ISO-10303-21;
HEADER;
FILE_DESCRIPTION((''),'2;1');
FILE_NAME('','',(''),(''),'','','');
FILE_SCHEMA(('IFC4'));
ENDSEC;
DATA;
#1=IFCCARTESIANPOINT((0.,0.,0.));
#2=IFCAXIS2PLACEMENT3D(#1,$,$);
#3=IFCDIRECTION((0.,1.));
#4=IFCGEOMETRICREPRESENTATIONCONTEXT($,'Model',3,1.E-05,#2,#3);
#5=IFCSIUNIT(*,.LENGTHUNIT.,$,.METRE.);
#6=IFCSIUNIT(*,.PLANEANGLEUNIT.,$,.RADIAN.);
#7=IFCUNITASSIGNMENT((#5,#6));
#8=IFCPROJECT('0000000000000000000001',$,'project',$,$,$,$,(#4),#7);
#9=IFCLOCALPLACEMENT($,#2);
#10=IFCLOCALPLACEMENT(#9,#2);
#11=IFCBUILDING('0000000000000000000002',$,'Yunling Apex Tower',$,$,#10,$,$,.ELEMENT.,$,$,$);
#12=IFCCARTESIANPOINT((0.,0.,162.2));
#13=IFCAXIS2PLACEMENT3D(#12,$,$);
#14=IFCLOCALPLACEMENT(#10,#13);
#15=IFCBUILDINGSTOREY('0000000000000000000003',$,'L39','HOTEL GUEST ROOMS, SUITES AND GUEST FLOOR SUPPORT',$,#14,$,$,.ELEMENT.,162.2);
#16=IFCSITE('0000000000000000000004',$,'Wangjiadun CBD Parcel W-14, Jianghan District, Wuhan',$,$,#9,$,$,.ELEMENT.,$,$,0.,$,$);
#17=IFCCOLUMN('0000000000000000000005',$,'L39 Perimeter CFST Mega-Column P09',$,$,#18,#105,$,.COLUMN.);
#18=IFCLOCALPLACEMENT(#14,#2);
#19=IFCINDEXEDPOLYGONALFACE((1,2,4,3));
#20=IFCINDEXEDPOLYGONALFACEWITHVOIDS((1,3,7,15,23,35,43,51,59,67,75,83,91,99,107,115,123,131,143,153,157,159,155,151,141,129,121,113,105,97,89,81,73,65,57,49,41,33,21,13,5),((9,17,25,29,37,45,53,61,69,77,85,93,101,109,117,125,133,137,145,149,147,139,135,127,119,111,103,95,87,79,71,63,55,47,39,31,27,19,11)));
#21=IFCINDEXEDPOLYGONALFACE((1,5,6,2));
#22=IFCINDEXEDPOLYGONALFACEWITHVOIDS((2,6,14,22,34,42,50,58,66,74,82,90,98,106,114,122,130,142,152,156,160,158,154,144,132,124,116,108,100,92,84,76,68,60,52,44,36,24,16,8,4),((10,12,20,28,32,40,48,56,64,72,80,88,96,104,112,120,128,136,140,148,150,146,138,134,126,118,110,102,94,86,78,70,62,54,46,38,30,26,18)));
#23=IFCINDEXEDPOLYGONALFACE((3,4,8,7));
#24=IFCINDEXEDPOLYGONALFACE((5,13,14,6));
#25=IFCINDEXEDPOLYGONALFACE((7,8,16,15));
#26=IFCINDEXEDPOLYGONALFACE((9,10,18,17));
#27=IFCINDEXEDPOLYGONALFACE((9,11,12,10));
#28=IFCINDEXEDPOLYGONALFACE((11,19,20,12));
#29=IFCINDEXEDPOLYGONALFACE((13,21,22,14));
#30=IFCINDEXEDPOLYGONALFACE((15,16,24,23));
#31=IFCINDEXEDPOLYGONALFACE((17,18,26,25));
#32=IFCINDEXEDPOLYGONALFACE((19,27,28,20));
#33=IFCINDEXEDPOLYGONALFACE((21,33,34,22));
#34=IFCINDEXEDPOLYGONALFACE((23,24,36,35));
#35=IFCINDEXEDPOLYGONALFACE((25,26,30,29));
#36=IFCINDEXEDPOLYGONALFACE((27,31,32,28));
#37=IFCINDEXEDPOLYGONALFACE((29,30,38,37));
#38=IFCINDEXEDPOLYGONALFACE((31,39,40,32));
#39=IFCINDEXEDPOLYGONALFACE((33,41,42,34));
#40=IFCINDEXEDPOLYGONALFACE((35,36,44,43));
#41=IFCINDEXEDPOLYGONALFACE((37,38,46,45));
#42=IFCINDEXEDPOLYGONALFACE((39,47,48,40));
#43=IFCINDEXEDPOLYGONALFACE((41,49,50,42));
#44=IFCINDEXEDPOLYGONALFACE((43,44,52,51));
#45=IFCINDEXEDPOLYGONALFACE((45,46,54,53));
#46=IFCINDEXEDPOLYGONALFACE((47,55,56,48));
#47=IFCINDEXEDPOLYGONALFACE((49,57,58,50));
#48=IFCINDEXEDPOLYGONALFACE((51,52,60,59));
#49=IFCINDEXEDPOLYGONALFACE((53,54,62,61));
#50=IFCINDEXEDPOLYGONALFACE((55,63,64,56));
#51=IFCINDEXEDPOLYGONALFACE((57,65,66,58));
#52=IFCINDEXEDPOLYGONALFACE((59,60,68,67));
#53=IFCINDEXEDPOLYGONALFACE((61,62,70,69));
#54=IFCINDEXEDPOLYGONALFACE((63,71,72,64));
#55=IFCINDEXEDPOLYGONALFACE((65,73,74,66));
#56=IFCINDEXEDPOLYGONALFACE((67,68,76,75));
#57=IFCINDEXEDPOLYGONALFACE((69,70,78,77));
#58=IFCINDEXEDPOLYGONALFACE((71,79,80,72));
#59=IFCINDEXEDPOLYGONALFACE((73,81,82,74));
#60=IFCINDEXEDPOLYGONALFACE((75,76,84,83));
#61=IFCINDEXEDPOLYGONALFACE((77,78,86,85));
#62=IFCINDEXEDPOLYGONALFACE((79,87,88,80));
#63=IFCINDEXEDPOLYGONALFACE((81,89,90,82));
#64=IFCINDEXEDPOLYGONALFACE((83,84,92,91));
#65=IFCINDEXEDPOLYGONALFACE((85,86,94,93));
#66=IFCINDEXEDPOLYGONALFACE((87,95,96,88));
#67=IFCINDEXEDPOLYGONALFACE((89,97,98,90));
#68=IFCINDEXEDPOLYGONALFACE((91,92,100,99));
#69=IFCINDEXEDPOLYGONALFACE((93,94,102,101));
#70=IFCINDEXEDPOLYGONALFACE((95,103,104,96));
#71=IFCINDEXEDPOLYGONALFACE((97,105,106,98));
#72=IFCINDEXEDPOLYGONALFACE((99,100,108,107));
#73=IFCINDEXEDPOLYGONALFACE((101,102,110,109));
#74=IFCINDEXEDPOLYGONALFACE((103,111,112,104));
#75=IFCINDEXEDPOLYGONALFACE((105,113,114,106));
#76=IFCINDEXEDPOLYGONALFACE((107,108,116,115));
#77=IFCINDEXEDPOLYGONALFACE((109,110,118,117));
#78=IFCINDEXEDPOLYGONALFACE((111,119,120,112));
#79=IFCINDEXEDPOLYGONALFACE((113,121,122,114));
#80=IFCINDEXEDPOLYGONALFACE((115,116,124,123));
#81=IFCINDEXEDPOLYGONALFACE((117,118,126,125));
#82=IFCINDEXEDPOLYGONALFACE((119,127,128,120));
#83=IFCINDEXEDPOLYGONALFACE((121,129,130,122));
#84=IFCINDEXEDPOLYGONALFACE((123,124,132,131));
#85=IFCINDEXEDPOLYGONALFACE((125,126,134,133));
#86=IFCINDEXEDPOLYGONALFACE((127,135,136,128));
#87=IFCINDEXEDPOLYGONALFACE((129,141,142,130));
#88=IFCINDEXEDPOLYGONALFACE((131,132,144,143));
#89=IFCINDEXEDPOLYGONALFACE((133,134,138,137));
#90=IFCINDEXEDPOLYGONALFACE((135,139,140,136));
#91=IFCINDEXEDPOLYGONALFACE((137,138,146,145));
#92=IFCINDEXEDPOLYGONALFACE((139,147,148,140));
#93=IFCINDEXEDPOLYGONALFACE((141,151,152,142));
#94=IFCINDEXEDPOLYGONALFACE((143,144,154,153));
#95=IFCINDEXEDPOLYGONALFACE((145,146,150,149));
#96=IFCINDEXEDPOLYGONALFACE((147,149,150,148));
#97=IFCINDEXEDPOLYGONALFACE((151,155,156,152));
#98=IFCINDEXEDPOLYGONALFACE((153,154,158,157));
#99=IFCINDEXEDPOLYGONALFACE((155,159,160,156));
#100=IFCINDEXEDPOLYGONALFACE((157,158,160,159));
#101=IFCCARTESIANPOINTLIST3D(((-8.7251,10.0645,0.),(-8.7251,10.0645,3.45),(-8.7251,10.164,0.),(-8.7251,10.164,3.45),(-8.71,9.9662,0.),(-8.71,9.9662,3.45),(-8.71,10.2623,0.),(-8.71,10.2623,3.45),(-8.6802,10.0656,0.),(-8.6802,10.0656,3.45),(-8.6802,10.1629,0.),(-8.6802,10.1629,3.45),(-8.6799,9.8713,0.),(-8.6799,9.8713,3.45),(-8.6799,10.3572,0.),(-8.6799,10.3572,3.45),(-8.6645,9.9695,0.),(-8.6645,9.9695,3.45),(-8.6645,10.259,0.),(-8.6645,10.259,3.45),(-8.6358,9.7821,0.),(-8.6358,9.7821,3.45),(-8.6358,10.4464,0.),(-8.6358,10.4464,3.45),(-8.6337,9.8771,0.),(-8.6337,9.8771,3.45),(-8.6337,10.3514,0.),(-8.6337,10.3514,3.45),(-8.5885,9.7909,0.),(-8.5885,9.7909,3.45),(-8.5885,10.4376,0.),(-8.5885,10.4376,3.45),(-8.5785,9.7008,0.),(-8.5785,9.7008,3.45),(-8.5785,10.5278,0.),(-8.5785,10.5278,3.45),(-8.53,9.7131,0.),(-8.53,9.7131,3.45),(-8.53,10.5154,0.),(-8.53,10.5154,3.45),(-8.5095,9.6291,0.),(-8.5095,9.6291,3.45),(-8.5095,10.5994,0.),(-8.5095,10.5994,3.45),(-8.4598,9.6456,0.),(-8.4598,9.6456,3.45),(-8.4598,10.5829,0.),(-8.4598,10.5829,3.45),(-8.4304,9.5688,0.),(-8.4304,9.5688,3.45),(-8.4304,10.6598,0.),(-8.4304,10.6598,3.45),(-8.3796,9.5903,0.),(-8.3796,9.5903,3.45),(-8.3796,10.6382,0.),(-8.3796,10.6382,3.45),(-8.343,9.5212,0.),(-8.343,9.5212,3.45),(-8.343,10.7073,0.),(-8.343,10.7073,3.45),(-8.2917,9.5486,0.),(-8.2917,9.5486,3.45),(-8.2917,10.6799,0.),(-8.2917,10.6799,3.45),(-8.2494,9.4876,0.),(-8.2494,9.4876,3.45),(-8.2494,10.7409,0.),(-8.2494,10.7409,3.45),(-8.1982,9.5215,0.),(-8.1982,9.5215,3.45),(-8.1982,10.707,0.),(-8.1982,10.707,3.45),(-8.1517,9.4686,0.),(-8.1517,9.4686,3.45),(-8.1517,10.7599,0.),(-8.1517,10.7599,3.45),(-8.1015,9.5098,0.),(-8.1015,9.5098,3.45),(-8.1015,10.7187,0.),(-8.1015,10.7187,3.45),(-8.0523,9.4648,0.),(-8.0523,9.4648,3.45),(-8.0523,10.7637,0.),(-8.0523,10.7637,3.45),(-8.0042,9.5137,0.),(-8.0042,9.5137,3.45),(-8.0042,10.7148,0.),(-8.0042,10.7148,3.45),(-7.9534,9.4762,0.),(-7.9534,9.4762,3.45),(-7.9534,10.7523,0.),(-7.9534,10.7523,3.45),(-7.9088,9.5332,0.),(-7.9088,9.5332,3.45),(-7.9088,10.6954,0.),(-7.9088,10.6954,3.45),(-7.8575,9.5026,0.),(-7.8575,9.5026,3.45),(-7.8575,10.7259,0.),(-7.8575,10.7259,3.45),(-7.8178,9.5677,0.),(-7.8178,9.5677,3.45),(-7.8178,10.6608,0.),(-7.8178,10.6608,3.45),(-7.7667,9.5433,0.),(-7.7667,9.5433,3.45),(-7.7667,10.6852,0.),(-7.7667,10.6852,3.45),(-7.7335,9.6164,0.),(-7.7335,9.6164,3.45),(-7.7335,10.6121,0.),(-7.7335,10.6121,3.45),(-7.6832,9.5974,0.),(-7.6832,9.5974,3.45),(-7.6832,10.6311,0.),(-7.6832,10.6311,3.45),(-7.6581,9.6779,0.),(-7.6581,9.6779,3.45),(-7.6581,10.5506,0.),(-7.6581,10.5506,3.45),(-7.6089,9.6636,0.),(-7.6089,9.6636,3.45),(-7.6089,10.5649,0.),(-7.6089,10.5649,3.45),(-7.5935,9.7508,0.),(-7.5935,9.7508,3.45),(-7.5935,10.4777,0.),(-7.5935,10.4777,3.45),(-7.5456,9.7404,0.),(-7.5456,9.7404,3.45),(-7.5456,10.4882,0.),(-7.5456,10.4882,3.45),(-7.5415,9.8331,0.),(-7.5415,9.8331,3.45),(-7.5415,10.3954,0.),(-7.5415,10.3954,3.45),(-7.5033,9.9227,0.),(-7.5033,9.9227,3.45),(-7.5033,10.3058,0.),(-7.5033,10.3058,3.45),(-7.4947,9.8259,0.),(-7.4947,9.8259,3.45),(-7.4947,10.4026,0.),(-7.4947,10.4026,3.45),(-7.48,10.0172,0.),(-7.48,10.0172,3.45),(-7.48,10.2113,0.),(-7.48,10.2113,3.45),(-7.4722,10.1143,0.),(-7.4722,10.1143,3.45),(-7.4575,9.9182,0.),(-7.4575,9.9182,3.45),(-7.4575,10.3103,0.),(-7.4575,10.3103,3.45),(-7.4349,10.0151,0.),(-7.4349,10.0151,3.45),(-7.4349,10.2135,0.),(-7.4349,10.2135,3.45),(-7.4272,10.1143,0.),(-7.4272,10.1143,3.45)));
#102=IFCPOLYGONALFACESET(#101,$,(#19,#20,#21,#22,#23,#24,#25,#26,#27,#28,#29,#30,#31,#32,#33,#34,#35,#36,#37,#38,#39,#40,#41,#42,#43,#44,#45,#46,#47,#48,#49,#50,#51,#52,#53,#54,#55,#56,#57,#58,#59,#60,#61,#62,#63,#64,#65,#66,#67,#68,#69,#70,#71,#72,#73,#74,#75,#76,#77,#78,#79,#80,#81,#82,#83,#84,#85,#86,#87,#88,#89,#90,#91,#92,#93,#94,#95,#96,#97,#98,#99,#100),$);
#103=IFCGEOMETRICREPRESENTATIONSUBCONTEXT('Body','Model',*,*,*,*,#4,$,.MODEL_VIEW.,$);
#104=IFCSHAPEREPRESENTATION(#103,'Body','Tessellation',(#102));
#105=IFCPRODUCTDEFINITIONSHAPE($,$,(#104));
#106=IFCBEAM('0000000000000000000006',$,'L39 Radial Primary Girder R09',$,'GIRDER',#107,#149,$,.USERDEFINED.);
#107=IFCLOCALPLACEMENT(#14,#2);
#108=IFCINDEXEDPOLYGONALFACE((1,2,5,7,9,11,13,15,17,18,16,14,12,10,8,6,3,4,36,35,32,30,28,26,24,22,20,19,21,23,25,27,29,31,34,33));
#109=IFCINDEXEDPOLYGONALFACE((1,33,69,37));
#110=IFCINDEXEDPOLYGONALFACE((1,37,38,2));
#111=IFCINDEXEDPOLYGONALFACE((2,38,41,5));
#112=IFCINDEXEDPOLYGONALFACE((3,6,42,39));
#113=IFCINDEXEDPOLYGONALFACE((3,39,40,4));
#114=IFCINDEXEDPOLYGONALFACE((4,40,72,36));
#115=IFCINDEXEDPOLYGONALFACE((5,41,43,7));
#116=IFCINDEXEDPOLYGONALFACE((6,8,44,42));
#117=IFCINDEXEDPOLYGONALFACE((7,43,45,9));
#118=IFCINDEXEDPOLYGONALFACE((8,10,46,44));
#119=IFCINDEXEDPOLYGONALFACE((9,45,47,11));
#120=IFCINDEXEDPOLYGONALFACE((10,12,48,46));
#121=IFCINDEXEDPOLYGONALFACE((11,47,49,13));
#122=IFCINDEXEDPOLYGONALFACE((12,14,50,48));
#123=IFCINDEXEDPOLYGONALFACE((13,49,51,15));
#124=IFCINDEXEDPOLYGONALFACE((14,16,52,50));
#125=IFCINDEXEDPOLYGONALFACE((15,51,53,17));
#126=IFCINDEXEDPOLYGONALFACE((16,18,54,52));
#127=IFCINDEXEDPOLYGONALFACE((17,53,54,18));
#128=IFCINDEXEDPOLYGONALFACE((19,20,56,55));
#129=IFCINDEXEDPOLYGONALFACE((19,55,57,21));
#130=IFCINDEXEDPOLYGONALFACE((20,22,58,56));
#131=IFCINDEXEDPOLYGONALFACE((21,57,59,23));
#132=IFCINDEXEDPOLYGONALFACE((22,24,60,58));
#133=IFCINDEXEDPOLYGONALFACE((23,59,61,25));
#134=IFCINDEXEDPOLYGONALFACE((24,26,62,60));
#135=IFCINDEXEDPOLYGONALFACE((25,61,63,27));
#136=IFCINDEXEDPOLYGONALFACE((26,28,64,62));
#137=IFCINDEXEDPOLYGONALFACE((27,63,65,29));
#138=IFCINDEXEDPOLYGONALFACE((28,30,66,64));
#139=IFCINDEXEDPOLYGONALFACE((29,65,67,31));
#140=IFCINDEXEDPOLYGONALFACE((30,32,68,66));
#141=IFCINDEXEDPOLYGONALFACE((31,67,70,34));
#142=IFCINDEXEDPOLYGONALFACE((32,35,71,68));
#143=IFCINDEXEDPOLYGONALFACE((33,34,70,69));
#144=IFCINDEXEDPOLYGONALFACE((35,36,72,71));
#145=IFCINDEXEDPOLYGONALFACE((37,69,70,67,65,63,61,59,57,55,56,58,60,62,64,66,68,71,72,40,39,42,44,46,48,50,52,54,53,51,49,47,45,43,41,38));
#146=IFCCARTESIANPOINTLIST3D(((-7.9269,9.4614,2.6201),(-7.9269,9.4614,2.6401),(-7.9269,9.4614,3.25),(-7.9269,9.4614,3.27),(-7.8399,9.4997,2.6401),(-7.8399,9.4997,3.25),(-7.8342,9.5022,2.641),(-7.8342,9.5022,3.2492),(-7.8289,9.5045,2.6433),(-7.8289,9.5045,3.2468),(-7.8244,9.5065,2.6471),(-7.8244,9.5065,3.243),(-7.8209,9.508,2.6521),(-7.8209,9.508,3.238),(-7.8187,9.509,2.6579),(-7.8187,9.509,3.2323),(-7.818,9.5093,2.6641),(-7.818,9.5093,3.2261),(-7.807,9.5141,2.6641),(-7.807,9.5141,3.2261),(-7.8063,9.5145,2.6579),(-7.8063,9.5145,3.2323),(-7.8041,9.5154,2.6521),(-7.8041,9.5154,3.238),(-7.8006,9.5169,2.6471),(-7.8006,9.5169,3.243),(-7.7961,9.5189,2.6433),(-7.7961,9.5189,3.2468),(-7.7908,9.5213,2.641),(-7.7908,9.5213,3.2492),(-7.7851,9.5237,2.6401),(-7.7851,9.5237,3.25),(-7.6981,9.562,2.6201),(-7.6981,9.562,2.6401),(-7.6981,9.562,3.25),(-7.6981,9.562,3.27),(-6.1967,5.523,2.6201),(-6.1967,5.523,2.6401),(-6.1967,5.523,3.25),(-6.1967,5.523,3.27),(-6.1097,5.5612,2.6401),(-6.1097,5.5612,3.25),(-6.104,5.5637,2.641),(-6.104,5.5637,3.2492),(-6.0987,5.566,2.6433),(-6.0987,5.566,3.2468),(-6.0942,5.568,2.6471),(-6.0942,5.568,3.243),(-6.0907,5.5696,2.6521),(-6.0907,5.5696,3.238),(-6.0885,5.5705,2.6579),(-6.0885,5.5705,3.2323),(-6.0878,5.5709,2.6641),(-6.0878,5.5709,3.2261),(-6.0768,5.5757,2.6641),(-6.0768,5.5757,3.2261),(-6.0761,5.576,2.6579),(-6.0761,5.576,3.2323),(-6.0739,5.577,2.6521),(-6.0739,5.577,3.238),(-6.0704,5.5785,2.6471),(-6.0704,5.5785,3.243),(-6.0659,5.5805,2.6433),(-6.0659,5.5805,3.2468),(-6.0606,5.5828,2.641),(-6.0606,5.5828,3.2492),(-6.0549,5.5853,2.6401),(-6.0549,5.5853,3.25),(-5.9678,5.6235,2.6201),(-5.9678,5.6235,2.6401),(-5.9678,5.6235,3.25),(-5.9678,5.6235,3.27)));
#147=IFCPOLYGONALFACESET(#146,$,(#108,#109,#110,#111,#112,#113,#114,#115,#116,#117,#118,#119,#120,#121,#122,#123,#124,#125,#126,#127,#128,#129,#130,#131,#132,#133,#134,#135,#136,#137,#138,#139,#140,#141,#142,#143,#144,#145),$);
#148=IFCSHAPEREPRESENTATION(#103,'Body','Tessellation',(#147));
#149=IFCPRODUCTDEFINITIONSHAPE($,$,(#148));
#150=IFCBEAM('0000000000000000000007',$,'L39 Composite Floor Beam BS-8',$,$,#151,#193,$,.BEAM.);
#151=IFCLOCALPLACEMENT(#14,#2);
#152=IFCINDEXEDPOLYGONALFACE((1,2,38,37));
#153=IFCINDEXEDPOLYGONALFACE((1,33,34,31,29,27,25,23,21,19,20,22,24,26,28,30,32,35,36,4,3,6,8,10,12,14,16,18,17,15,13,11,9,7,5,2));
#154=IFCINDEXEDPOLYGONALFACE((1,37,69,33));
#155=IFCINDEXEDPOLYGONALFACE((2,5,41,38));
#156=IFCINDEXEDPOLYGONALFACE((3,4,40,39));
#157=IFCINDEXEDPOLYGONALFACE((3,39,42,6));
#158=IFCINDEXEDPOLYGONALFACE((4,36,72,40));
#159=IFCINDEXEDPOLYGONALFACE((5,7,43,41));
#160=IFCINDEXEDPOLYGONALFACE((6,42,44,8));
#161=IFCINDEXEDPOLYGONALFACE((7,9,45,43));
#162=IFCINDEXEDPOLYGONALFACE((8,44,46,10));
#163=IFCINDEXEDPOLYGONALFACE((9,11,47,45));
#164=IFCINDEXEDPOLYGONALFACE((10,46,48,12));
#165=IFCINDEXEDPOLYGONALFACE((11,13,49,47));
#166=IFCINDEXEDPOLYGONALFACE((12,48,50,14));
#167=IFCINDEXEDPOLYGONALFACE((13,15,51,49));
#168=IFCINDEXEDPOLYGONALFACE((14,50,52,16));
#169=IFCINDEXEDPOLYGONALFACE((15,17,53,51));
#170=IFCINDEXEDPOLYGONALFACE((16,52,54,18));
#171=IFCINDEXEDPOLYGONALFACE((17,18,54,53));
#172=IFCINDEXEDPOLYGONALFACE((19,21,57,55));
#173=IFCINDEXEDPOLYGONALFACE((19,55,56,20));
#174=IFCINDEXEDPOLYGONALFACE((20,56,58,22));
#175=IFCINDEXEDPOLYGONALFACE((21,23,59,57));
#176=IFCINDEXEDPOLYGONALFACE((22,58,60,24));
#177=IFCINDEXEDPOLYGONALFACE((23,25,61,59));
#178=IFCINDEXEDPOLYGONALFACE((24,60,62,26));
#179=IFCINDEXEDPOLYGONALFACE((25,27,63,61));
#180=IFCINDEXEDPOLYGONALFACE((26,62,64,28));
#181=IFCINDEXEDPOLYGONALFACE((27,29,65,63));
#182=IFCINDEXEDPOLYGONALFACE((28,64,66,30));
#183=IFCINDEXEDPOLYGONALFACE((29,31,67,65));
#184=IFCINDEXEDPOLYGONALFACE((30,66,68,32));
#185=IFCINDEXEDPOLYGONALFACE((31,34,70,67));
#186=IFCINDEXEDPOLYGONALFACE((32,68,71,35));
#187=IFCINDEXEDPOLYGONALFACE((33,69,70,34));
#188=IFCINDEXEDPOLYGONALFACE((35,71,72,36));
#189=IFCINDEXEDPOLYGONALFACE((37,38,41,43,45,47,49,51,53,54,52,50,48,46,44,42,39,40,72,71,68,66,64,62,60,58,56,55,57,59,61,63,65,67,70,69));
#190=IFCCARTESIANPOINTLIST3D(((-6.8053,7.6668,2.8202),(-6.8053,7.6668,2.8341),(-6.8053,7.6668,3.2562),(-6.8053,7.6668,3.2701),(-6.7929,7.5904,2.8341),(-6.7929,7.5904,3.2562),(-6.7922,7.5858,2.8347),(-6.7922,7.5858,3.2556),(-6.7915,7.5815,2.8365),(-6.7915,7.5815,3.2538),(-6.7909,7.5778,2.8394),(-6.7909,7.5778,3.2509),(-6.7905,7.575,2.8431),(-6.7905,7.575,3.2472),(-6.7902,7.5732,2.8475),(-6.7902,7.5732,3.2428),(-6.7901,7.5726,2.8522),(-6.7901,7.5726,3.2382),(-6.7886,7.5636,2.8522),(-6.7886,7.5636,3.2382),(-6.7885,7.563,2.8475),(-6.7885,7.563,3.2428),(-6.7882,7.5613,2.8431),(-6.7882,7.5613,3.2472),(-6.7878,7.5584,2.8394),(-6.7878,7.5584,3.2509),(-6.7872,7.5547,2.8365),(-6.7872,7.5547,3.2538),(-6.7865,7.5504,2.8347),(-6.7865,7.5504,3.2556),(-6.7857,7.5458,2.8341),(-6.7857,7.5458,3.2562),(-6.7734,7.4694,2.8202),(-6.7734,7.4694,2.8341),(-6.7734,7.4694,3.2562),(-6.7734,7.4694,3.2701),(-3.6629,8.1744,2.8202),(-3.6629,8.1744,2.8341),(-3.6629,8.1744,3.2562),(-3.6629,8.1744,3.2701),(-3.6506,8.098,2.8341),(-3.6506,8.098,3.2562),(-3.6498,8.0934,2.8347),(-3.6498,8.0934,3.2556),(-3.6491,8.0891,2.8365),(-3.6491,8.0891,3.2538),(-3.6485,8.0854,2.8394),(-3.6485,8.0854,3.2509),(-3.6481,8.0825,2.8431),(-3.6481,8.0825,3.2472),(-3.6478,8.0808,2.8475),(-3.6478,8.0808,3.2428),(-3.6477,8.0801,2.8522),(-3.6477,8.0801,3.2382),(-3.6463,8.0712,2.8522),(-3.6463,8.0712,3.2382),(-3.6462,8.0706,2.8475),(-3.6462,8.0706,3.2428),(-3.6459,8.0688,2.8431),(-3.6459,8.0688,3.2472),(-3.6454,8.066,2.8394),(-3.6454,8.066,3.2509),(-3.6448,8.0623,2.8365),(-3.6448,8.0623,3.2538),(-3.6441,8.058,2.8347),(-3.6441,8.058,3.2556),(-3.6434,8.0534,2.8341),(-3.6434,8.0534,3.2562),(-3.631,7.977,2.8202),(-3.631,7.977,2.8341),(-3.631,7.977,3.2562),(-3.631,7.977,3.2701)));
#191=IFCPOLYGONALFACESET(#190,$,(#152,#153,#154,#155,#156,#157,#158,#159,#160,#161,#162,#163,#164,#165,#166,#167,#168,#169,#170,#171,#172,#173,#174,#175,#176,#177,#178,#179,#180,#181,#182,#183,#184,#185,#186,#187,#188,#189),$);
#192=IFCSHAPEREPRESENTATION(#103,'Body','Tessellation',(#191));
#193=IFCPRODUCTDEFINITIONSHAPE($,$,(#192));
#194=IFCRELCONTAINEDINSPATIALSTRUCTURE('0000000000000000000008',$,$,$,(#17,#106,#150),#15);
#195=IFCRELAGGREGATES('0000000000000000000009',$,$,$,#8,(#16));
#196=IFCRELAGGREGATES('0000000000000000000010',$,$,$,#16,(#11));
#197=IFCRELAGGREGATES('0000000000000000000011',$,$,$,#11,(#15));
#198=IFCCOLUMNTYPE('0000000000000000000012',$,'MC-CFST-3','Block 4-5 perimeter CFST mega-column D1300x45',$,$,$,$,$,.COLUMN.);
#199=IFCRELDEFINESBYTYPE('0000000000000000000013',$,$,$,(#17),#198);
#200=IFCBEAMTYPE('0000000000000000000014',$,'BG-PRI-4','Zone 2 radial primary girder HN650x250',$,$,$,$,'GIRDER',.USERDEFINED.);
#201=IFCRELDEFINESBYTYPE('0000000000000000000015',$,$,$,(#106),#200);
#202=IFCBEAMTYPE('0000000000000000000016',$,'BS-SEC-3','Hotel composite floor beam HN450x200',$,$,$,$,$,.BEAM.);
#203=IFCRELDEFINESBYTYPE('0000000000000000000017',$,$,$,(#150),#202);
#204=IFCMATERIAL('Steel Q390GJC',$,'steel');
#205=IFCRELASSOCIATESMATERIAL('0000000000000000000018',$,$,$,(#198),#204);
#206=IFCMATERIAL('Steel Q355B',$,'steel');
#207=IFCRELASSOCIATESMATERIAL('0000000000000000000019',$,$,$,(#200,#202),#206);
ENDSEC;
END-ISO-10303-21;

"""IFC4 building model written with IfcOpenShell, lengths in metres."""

from ifc_helpers import new_model, si_unit, direction, frame, origin, origin_2d, place, context, subcontext, project, spatial, hollow_circle, i_section, extrude, source, transform, mapped, material, material_profile, profile_set, type_object, element, save


model = new_model("IFC4")

# Units and contexts
model_context = context("Model", 3, precision=1e-05, world=origin(), true_north=direction((0.0, 1.0)))
body_context = subcontext(model_context, "Body", "Model", "MODEL_VIEW")
ifc_project = project(units=[si_unit("LENGTHUNIT", "METRE"), si_unit("PLANEANGLEUNIT", "RADIAN")], contexts=[model_context])

# Site, building, storey
site_placement = place(None, origin())
site = spatial("IfcSite", under=ifc_project, at=site_placement, Name="Wangjiadun CBD Parcel W-14, Jianghan District, Wuhan", CompositionType="ELEMENT", RefElevation=0.0)
building_placement = place(site_placement, origin())
building = spatial("IfcBuilding", under=site, at=building_placement, Name="Yunling Apex Tower", CompositionType="ELEMENT")
storey_placement = place(building_placement, frame((0.0, 0.0, 162.2)))
storey = spatial("IfcBuildingStorey", under=building, at=storey_placement, Name="L39", Description="HOTEL GUEST ROOMS, SUITES AND GUEST FLOOR SUPPORT", CompositionType="ELEMENT", Elevation=162.2)

# Column
ifc_material_1 = material(Name="Steel Q390GJC", Category="steel")
ifc_material_profile_1 = material_profile(ifc_material_1, hollow_circle(Radius=0.6499, WallThickness=0.0449, at=origin_2d()))
ifc_profile_set_1 = profile_set([ifc_material_profile_1], Name="Steel Q390GJC")
column_type = type_object("IfcColumnType", Name="MC-CFST-3", Description="Block 4-5 perimeter CFST mega-column D1300x45", PredefinedType="COLUMN", material=ifc_profile_set_1)
shared_shape_1 = source(origin(), body_context, "Body", "SweptSolid", [
    extrude(hollow_circle(Radius=0.6499, WallThickness=0.0449, at=origin_2d()), origin(), (0.0, 0.0, 1.0), 3.45),
])
column_placement = place(storey_placement, frame((-8.0771, 10.1143, 0.0), z_axis=(0.0, 0.0, 1.0), x_axis=(1.0, 0.0, 0.0)))
element("IfcColumn", 1, at=column_placement, inside=storey, type_object=column_type, Name="L39 Perimeter CFST Mega-Column P09", PredefinedType="COLUMN", context=body_context, shape_type="MappedRepresentation", body=[
    mapped(shared_shape_1, transform((0.0, 0.0, 0.0), scale=1.0)),
])

# Beams
ifc_material_2 = material(Name="Steel Q355B", Category="steel")
ifc_material_profile_2 = material_profile(ifc_material_2, i_section(OverallWidth=0.25, OverallDepth=0.6499, WebThickness=0.012, FlangeThickness=0.02, FilletRadius=0.0239, at=origin_2d()))
ifc_profile_set_2 = profile_set([ifc_material_profile_2], Name="Steel Q355B")
beam_type_1 = type_object("IfcBeamType", Name="BG-PRI-4", Description="Zone 2 radial primary girder HN650x250", ElementType="GIRDER", PredefinedType="USERDEFINED", material=ifc_profile_set_2)
shared_shape_2 = source(origin(), body_context, "Body", "SweptSolid", [
    extrude(i_section(OverallWidth=0.25, OverallDepth=0.6499, WebThickness=0.012, FlangeThickness=0.02, FilletRadius=0.0239, at=origin_2d()), origin(), (0.0, 0.0, 1.0), 4.3018),
])
beam_1_placement = place(storey_placement, frame((-7.8125, 9.5117, 2.9451), z_axis=(0.402212, -0.915547, 0.0), x_axis=(0.915547, 0.402212, 0.0)))
element("IfcBeam", 2, at=beam_1_placement, inside=storey, type_object=beam_type_1, Name="L39 Radial Primary Girder R09", ObjectType="GIRDER", PredefinedType="USERDEFINED", context=body_context, shape_type="MappedRepresentation", body=[
    mapped(shared_shape_2, transform((0.0, 0.0, 0.0), scale=1.0)),
])
ifc_material_profile_3 = material_profile(ifc_material_2, i_section(OverallWidth=0.2, OverallDepth=0.45, WebThickness=0.009, FlangeThickness=0.0139, FilletRadius=0.0181, at=origin_2d()))
ifc_profile_set_3 = profile_set([ifc_material_profile_3], Name="Steel Q355B")
beam_type_2 = type_object("IfcBeamType", Name="BS-SEC-3", Description="Hotel composite floor beam HN450x200", PredefinedType="BEAM", material=ifc_profile_set_3)
shared_shape_3 = source(origin(), body_context, "Body", "SweptSolid", [
    extrude(i_section(OverallWidth=0.2, OverallDepth=0.45, WebThickness=0.009, FlangeThickness=0.0139, FilletRadius=0.0181, at=origin_2d()), origin(), (0.0, 0.0, 1.0), 3.1831),
])
beam_2_placement = place(storey_placement, frame((-3.647, 8.0757, 3.0452), z_axis=(-0.987205, -0.159459, 0.0), x_axis=(0.159459, -0.987205, 0.0)))
element("IfcBeam", 3, at=beam_2_placement, inside=storey, type_object=beam_type_2, Name="L39 Composite Floor Beam BS-8", PredefinedType="BEAM", context=body_context, shape_type="MappedRepresentation", body=[
    mapped(shared_shape_3, transform((0.0, 0.0, 0.0), scale=1.0)),
])

save(model, "model.ifc")
